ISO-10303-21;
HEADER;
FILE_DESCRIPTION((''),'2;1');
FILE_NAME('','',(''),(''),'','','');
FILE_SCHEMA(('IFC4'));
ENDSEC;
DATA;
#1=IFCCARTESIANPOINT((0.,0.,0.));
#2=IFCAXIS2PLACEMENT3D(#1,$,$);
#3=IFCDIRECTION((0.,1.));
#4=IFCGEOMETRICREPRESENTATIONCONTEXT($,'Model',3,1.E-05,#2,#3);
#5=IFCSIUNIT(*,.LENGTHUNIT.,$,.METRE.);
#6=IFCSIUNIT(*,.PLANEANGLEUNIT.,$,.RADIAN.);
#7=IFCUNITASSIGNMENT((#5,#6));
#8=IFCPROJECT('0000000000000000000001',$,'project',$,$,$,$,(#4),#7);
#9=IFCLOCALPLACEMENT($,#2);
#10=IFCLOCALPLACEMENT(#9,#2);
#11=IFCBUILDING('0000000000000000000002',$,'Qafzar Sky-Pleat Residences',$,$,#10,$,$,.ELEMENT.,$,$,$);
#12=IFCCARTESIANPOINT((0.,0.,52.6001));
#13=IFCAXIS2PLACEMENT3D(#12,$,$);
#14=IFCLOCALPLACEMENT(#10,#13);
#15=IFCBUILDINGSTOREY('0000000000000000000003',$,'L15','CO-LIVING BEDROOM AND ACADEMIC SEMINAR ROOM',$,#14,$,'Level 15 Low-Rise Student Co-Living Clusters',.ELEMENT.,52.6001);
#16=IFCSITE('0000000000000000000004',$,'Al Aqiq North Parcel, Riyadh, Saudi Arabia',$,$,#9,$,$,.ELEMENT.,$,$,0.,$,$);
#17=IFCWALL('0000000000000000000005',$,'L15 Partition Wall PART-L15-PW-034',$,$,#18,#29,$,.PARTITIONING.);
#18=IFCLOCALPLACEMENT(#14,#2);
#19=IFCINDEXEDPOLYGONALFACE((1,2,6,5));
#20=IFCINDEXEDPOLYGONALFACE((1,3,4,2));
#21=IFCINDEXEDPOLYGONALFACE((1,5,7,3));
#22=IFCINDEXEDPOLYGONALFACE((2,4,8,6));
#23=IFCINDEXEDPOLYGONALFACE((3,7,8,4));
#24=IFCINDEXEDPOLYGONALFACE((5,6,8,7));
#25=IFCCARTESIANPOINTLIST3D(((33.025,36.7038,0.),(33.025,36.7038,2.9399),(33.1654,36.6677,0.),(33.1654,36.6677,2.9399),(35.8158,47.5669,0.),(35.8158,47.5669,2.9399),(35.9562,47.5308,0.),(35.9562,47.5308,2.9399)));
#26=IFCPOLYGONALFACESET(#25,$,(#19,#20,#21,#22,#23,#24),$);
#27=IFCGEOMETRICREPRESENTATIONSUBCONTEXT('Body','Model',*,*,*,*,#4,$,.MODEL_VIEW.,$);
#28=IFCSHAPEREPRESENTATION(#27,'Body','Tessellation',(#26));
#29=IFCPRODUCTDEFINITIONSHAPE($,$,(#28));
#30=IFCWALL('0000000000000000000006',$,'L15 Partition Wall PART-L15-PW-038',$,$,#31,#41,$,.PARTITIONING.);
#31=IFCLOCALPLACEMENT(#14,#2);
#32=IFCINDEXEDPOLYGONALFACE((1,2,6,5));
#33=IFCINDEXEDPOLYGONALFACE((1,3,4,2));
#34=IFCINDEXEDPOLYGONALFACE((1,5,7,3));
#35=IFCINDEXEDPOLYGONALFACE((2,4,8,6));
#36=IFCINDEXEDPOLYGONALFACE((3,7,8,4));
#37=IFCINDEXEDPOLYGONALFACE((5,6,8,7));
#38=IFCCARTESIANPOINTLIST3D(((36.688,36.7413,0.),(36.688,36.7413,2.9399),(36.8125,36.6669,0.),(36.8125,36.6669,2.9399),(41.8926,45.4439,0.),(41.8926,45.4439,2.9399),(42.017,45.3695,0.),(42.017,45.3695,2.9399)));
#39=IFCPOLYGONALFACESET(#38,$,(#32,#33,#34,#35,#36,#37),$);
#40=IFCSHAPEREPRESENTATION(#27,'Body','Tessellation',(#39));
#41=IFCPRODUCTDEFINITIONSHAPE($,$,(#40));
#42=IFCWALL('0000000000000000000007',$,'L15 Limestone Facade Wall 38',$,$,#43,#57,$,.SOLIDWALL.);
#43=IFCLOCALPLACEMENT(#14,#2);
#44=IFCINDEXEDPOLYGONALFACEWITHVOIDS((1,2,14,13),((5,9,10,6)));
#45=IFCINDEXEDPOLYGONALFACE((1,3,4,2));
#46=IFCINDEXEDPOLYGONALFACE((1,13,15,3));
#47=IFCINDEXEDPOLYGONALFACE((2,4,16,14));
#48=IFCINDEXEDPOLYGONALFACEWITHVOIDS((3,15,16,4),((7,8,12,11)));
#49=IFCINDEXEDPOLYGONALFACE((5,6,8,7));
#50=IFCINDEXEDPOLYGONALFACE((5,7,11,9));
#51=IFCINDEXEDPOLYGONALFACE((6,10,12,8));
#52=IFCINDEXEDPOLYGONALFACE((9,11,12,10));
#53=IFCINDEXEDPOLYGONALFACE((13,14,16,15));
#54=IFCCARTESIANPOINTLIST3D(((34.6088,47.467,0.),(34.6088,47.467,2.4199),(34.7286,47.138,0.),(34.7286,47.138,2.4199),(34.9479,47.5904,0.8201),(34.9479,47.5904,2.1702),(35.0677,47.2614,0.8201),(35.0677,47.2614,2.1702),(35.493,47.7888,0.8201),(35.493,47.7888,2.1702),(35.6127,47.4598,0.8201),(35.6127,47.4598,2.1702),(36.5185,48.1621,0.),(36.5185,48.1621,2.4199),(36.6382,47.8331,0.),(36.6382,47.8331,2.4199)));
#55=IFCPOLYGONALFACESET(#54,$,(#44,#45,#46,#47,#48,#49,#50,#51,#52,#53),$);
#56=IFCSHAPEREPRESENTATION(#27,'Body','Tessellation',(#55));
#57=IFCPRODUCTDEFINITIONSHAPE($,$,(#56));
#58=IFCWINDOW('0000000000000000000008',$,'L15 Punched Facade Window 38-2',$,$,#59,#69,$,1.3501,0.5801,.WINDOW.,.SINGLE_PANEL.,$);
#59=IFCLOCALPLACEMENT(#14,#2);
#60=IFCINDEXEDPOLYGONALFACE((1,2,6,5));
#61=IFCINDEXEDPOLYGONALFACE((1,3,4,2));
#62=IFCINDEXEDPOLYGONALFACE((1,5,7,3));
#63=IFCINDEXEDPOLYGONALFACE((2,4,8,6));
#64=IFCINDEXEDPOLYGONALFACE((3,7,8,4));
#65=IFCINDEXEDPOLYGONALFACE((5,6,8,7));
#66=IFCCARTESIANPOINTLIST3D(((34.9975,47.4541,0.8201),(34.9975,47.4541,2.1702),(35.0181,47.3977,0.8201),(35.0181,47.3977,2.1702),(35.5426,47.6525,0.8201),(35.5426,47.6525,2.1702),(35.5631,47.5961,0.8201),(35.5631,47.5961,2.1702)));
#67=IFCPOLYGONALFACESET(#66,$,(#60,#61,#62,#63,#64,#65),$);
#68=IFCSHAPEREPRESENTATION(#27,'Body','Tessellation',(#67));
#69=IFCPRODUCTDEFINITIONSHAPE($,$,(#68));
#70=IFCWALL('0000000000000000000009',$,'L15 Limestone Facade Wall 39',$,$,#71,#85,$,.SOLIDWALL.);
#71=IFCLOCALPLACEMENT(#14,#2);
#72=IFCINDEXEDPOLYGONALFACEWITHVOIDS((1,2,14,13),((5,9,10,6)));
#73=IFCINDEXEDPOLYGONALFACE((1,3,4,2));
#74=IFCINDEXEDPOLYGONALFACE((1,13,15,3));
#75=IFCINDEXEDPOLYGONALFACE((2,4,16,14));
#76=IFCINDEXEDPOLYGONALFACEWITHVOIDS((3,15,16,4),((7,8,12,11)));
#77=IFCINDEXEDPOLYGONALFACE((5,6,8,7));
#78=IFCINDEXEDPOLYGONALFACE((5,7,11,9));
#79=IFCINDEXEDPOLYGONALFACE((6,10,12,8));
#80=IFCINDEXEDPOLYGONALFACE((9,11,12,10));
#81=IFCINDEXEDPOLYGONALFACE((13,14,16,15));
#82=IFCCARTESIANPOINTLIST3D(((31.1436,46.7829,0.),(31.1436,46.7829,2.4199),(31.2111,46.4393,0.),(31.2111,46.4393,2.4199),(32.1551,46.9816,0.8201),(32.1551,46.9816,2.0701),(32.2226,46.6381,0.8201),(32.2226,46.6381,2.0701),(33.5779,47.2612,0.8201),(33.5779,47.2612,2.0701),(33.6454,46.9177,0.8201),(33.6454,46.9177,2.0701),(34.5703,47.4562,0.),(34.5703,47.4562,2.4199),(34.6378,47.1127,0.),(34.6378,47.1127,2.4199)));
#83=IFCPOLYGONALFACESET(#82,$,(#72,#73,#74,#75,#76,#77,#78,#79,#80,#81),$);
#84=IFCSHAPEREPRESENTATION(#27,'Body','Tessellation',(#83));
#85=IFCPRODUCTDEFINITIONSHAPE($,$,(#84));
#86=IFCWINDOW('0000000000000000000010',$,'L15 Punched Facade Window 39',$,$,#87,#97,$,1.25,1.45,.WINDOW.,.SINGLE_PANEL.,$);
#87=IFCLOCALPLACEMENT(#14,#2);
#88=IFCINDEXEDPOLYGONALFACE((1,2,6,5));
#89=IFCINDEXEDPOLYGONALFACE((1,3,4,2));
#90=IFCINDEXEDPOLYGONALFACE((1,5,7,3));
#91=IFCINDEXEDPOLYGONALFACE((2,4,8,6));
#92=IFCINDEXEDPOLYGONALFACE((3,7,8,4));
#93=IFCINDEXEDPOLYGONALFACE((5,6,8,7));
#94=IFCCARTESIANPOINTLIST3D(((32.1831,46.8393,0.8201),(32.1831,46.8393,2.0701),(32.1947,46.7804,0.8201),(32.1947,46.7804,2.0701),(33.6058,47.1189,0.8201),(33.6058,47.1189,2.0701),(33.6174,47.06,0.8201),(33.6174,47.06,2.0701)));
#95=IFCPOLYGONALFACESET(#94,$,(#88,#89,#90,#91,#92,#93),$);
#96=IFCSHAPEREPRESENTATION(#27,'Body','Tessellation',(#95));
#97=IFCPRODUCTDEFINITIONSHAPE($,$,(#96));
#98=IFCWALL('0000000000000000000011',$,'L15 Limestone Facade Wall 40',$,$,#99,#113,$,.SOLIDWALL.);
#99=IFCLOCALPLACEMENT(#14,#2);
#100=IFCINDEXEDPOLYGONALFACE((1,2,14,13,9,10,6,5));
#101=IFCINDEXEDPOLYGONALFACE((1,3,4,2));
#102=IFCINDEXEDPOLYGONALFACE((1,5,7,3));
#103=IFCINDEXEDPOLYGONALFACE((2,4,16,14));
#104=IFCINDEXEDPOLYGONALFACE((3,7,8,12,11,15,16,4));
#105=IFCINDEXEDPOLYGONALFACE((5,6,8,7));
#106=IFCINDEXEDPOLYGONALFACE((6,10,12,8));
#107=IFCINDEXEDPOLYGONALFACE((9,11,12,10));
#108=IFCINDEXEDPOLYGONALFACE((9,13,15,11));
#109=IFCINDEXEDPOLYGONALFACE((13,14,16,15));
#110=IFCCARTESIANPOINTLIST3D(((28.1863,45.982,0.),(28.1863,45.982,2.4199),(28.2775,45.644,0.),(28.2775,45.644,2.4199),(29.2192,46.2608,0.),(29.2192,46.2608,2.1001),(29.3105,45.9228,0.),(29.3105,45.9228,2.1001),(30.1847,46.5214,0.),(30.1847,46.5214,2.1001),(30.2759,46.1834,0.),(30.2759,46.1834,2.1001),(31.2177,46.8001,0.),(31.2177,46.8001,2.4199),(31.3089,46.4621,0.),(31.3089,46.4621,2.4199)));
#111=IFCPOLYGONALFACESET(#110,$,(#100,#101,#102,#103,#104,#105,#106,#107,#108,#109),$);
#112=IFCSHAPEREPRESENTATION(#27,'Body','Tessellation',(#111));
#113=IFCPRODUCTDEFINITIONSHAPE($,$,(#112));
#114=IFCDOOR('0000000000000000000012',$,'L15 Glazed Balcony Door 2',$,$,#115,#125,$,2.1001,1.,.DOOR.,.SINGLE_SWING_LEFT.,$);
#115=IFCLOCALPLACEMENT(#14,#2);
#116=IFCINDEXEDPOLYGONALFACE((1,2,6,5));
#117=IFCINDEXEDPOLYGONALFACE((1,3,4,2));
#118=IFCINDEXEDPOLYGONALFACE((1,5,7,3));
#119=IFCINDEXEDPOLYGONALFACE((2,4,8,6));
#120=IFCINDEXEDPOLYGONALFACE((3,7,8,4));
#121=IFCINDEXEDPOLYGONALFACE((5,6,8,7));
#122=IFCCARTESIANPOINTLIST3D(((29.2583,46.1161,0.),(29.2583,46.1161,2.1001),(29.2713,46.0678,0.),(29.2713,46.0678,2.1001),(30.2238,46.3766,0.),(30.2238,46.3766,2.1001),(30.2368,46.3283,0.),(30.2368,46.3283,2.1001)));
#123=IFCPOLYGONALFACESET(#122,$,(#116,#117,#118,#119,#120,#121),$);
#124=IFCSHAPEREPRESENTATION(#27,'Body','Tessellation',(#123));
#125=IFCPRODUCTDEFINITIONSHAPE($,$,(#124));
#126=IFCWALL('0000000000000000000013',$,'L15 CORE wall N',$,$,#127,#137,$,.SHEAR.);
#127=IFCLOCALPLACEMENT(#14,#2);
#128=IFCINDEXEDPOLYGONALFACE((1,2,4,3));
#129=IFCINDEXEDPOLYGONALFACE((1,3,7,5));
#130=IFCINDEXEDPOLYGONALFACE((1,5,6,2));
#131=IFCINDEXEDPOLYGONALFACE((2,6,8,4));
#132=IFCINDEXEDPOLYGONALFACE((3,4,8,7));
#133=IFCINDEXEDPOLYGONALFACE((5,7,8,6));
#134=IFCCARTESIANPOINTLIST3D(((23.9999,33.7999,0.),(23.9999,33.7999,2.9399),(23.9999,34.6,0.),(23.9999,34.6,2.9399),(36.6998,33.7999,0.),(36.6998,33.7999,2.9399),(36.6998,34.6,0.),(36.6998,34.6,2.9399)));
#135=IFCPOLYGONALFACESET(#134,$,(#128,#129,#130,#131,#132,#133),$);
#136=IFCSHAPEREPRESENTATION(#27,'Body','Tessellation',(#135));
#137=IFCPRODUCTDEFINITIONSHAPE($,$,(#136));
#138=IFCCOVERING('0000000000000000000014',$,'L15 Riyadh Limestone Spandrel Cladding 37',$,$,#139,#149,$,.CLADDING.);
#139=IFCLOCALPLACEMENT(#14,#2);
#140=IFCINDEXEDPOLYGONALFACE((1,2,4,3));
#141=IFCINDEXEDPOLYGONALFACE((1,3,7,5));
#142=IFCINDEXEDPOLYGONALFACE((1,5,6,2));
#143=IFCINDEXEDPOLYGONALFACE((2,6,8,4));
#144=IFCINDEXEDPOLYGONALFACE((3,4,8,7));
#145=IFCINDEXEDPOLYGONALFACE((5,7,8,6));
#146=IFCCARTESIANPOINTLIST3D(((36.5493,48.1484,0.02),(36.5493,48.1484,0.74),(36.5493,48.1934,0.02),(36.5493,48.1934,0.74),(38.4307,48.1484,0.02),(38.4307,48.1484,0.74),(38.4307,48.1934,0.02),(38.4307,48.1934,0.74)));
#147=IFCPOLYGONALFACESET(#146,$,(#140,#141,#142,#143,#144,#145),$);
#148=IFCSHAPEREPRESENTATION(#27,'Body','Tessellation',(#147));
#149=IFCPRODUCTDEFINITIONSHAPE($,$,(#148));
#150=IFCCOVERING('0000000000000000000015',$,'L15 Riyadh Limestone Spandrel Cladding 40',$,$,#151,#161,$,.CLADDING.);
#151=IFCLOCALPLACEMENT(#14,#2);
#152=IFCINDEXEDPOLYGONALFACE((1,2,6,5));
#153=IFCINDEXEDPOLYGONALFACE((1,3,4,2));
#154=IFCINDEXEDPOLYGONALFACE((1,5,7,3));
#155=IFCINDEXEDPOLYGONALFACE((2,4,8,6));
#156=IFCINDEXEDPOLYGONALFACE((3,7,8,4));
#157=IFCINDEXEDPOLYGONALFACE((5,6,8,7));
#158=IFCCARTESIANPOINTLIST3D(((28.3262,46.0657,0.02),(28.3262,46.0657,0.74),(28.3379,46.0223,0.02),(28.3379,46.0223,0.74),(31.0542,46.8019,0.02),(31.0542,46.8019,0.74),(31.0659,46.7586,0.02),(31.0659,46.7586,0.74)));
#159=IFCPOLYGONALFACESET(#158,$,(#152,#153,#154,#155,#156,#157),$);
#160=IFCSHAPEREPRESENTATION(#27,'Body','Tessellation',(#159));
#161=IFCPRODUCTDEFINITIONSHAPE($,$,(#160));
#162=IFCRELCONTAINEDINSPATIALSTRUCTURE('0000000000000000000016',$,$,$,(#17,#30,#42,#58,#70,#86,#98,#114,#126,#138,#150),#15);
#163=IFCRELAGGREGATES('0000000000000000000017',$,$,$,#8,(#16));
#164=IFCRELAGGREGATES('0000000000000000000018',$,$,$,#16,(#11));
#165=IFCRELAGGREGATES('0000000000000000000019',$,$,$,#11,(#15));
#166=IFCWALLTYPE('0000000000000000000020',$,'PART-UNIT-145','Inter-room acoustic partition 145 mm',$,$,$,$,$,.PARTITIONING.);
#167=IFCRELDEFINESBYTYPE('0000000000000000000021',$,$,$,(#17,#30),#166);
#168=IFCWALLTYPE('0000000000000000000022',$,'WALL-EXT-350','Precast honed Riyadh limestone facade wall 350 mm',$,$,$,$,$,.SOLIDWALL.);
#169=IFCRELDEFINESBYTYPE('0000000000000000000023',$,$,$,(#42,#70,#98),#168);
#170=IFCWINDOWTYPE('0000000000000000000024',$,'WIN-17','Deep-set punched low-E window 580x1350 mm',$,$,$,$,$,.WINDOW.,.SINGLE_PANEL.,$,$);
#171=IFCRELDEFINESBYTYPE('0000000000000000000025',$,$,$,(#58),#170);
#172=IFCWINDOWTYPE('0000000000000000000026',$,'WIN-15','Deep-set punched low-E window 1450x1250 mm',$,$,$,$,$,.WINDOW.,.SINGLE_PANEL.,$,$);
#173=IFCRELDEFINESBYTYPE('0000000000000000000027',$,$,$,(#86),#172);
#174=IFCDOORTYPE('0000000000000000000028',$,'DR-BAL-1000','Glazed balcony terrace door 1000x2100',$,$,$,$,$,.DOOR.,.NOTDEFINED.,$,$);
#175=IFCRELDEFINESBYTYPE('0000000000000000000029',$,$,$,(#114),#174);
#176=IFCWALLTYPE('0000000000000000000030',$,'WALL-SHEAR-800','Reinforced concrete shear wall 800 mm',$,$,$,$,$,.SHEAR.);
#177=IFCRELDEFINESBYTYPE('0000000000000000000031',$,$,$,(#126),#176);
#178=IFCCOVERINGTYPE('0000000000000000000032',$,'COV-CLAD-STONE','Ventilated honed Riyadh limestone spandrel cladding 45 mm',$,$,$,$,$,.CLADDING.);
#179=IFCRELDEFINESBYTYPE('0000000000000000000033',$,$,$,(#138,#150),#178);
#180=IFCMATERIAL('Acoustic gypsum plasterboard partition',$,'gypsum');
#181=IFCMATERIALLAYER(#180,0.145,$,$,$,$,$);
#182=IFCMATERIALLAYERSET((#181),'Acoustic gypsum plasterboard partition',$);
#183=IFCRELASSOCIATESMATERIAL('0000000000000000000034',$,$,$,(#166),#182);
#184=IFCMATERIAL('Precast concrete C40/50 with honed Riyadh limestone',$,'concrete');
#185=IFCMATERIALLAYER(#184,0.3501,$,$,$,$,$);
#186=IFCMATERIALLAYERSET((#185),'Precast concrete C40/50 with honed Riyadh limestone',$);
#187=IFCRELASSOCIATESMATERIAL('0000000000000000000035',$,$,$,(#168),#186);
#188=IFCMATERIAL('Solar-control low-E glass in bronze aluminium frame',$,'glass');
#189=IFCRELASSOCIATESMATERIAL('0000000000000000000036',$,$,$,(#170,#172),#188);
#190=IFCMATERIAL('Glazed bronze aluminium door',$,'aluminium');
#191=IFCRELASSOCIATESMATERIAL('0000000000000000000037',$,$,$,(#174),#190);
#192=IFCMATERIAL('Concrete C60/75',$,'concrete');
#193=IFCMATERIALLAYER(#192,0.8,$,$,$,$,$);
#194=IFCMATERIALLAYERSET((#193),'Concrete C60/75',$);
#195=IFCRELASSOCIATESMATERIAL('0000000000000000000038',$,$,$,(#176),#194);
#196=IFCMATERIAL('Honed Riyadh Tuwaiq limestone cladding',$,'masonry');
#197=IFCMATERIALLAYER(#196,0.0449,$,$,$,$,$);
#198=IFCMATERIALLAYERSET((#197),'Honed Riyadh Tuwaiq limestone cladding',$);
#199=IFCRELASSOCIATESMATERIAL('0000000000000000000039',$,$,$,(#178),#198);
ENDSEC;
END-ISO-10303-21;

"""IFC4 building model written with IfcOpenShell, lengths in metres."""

from ifc_helpers import new_model, si_unit, direction, frame, frame_2d, origin, origin_2d, place, context, subcontext, project, spatial, rectangle, extrude, source, transform, mapped, material, layer, layer_set, type_object, element, fill, save


model = new_model("IFC4")

# Units and contexts
model_context = context("Model", 3, precision=1e-05, world=origin(), true_north=direction((0.0, 1.0)))
body_context = subcontext(model_context, "Body", "Model", "MODEL_VIEW")
ifc_project = project(units=[si_unit("LENGTHUNIT", "METRE"), si_unit("PLANEANGLEUNIT", "RADIAN")], contexts=[model_context])

# Site, building, storey
site_placement = place(None, origin())
site = spatial("IfcSite", under=ifc_project, at=site_placement, Name="Al Aqiq North Parcel, Riyadh, Saudi Arabia", CompositionType="ELEMENT", RefElevation=0.0)
building_placement = place(site_placement, origin())
building = spatial("IfcBuilding", under=site, at=building_placement, Name="Qafzar Sky-Pleat Residences", CompositionType="ELEMENT")
storey_placement = place(building_placement, frame((0.0, 0.0, 52.6001)))
storey = spatial("IfcBuildingStorey", under=building, at=storey_placement, Name="L15", Description="CO-LIVING BEDROOM AND ACADEMIC SEMINAR ROOM", LongName="Level 15 Low-Rise Student Co-Living Clusters", CompositionType="ELEMENT", Elevation=52.6001)

# Shared definitions
ifc_material_1 = material(Name="Acoustic gypsum plasterboard partition", Category="gypsum")

# Walls
ifc_layer_1 = layer(ifc_material_1, 0.145)
ifc_layer_set_1 = layer_set([ifc_layer_1], Name="Acoustic gypsum plasterboard partition")
wall_type_1 = type_object("IfcWallType", Name="PART-UNIT-145", Description="Inter-room acoustic partition 145 mm", PredefinedType="PARTITIONING", material=ifc_layer_set_1)
wall_1_placement = place(storey_placement, frame((33.0952, 36.6858, 0.0), z_axis=(0.0, 0.0, 1.0), x_axis=(0.248825, 0.968548, 0.0)))
element("IfcWall", 1, at=wall_1_placement, inside=storey, type_object=wall_type_1, Name="L15 Partition Wall PART-L15-PW-034", PredefinedType="PARTITIONING", context=body_context, shape_type="SweptSolid", body=[
    extrude(rectangle(XDim=11.2158, YDim=0.145, at=frame_2d((5.6079, 0.0))), origin(), (0.0, 0.0, 1.0), 2.9399),
])
wall_2_placement = place(storey_placement, frame((36.7502, 36.7041, 0.0), z_axis=(0.0, 0.0, 1.0), x_axis=(0.513263, 0.858231, 0.0)))
element("IfcWall", 2, at=wall_2_placement, inside=storey, type_object=wall_type_1, Name="L15 Partition Wall PART-L15-PW-038", PredefinedType="PARTITIONING", context=body_context, shape_type="SweptSolid", body=[
    extrude(rectangle(XDim=10.1401, YDim=0.145, at=frame_2d((5.0701, 0.0))), origin(), (0.0, 0.0, 1.0), 2.9399),
])

# Walls, openings, windows
ifc_material_2 = material(Name="Precast concrete C40/50 with honed Riyadh limestone", Category="concrete")
ifc_layer_2 = layer(ifc_material_2, 0.3501)
ifc_layer_set_2 = layer_set([ifc_layer_2], Name="Precast concrete C40/50 with honed Riyadh limestone")
wall_type_2 = type_object("IfcWallType", Name="WALL-EXT-350", Description="Precast honed Riyadh limestone facade wall 350 mm", PredefinedType="SOLIDWALL", material=ifc_layer_set_2)
wall_3_placement = place(storey_placement, frame((36.5784, 47.9976, 0.0), z_axis=(0.0, 0.0, 1.0), x_axis=(-0.939692, -0.342023, 0.0)))
wall_3 = element("IfcWall", 3, at=wall_3_placement, inside=storey, type_object=wall_type_2, Name="L15 Limestone Facade Wall 38", PredefinedType="SOLIDWALL", context=body_context, shape_type="SweptSolid", body=[
    extrude(rectangle(XDim=2.0322, YDim=0.3501, at=frame_2d((1.0161, 0.0))), origin(), (0.0, 0.0, 1.0), 2.4199),
])
opening_1_placement = place(wall_3_placement, frame((1.0913, 0.0, 0.8201)))
opening_1 = element("IfcOpeningElement", 4, at=opening_1_placement, cuts=wall_3, PredefinedType="OPENING", context=body_context, shape_type="SweptSolid", body=[
    extrude(rectangle(XDim=0.5801, YDim=1.3501, at=frame_2d((0.29, 0.675))), frame((0.0, 0.1851, 0.0), z_axis=(0.0, -1.0, 0.0), x_axis=(1.0, 0.0, 0.0)), (0.0, 0.0, 1.0), 0.3701),
])
ifc_material_3 = material(Name="Solar-control low-E glass in bronze aluminium frame", Category="glass")
window_type_1 = type_object("IfcWindowType", Name="WIN-17", Description="Deep-set punched low-E window 580x1350 mm", PartitioningType="SINGLE_PANEL", PredefinedType="WINDOW", material=ifc_material_3)
shared_shape_1 = source(origin(), body_context, "Body", "SweptSolid", [
    extrude(rectangle(XDim=0.5801, YDim=1.3501, at=frame_2d((0.29, 0.675))), frame((0.0, 0.03, 0.0), z_axis=(0.0, -1.0, 0.0), x_axis=(1.0, 0.0, 0.0)), (0.0, 0.0, 1.0), 0.0601),
])
window_1_placement = place(opening_1_placement, origin())
window_1 = element("IfcWindow", 5, at=window_1_placement, inside=storey, type_object=window_type_1, Name="L15 Punched Facade Window 38-2", OverallHeight=1.3501, OverallWidth=0.5801, PartitioningType="SINGLE_PANEL", PredefinedType="WINDOW", context=body_context, shape_type="MappedRepresentation", body=[
    mapped(shared_shape_1, transform((0.0, 0.0, 0.0), x_axis=(1.0, 0.0, 0.0), y_axis=(0.0, 1.0, 0.0), z_axis=(0.0, 0.0, 1.0), scale=1.0)),
])
fill(opening_1, window_1)
wall_4_placement = place(storey_placement, frame((34.604, 47.2844, 0.0), z_axis=(0.0, 0.0, 1.0), x_axis=(-0.981237, -0.192808, 0.0)))
wall_4 = element("IfcWall", 6, at=wall_4_placement, inside=storey, type_object=wall_type_2, Name="L15 Limestone Facade Wall 39", PredefinedType="SOLIDWALL", context=body_context, shape_type="SweptSolid", body=[
    extrude(rectangle(XDim=3.4922, YDim=0.3501, at=frame_2d((1.7461, 0.0))), origin(), (0.0, 0.0, 1.0), 2.4199),
])
opening_2_placement = place(wall_4_placement, frame((1.0112, 0.0, 0.8201)))
opening_2 = element("IfcOpeningElement", 7, at=opening_2_placement, cuts=wall_4, PredefinedType="OPENING", context=body_context, shape_type="SweptSolid", body=[
    extrude(rectangle(XDim=1.45, YDim=1.25, at=frame_2d((0.7251, 0.625))), frame((0.0, 0.1851, 0.0), z_axis=(0.0, -1.0, 0.0), x_axis=(1.0, 0.0, 0.0)), (0.0, 0.0, 1.0), 0.3701),
])
window_type_2 = type_object("IfcWindowType", Name="WIN-15", Description="Deep-set punched low-E window 1450x1250 mm", PartitioningType="SINGLE_PANEL", PredefinedType="WINDOW", material=ifc_material_3)
shared_shape_2 = source(origin(), body_context, "Body", "SweptSolid", [
    extrude(rectangle(XDim=1.45, YDim=1.25, at=frame_2d((0.7251, 0.625))), frame((0.0, 0.03, 0.0), z_axis=(0.0, -1.0, 0.0), x_axis=(1.0, 0.0, 0.0)), (0.0, 0.0, 1.0), 0.0601),
])
window_2_placement = place(opening_2_placement, origin())
window_2 = element("IfcWindow", 8, at=window_2_placement, inside=storey, type_object=window_type_2, Name="L15 Punched Facade Window 39", OverallHeight=1.25, OverallWidth=1.45, PartitioningType="SINGLE_PANEL", PredefinedType="WINDOW", context=body_context, shape_type="MappedRepresentation", body=[
    mapped(shared_shape_2, transform((0.0, 0.0, 0.0), x_axis=(1.0, 0.0, 0.0), y_axis=(0.0, 1.0, 0.0), z_axis=(0.0, 0.0, 1.0), scale=1.0)),
])
fill(opening_2, window_2)

# Wall, opening, door
wall_5_placement = place(storey_placement, frame((31.2632, 46.6311, 0.0), z_axis=(0.0, 0.0, 1.0), x_axis=(-0.96546, -0.260551, 0.0)))
wall_5 = element("IfcWall", 9, at=wall_5_placement, inside=storey, type_object=wall_type_2, Name="L15 Limestone Facade Wall 40", PredefinedType="SOLIDWALL", context=body_context, shape_type="SweptSolid", body=[
    extrude(rectangle(XDim=3.1399, YDim=0.3501, at=frame_2d((1.5698, 0.0))), origin(), (0.0, 0.0, 1.0), 2.4199),
])
opening_3_placement = place(wall_5_placement, frame((1.0698, 0.0, 0.0)))
opening_3 = element("IfcOpeningElement", 10, at=opening_3_placement, cuts=wall_5, PredefinedType="OPENING", context=body_context, shape_type="SweptSolid", body=[
    extrude(rectangle(XDim=1.0, YDim=2.1001, at=frame_2d((0.5, 1.05))), frame((0.0, 0.1851, 0.0), z_axis=(0.0, -1.0, 0.0), x_axis=(1.0, 0.0, 0.0)), (0.0, 0.0, 1.0), 0.3701),
])
ifc_material_4 = material(Name="Glazed bronze aluminium door", Category="aluminium")
door_type_1 = type_object("IfcDoorType", Name="DR-BAL-1000", Description="Glazed balcony terrace door 1000x2100", OperationType="NOTDEFINED", PredefinedType="DOOR", material=ifc_material_4)
shared_shape_3 = source(origin(), body_context, "Body", "SweptSolid", [
    extrude(rectangle(XDim=1.0, YDim=2.1001, at=frame_2d((0.5, 1.05))), frame((0.0, 0.0249, 0.0), z_axis=(0.0, -1.0, 0.0), x_axis=(1.0, 0.0, 0.0)), (0.0, 0.0, 1.0), 0.05),
])
door_1_placement = place(opening_3_placement, origin())
door_1 = element("IfcDoor", 11, at=door_1_placement, inside=storey, type_object=door_type_1, Name="L15 Glazed Balcony Door 2", OperationType="SINGLE_SWING_LEFT", OverallHeight=2.1001, OverallWidth=1.0, PredefinedType="DOOR", context=body_context, shape_type="MappedRepresentation", body=[
    mapped(shared_shape_3, transform((0.0, 0.0, 0.0), x_axis=(1.0, 0.0, 0.0), y_axis=(0.0, 1.0, 0.0), z_axis=(0.0, 0.0, 1.0), scale=1.0)),
])
fill(opening_3, door_1)

# Wall
ifc_material_5 = material(Name="Concrete C60/75", Category="concrete")
ifc_layer_3 = layer(ifc_material_5, 0.8)
ifc_layer_set_3 = layer_set([ifc_layer_3], Name="Concrete C60/75")
wall_type_3 = type_object("IfcWallType", Name="WALL-SHEAR-800", Description="Reinforced concrete shear wall 800 mm", PredefinedType="SHEAR", material=ifc_layer_set_3)
wall_6_placement = place(storey_placement, frame((36.7, 34.2, 0.0), z_axis=(0.0, 0.0, 1.0), x_axis=(-1.0, 0.0, 0.0)))
element("IfcWall", 12, at=wall_6_placement, inside=storey, type_object=wall_type_3, Name="L15 CORE wall N", PredefinedType="SHEAR", context=body_context, shape_type="SweptSolid", body=[
    extrude(rectangle(XDim=12.7, YDim=0.8, at=frame_2d((6.3501, 0.0))), origin(), (0.0, 0.0, 1.0), 2.9399),
])

# Covering
ifc_material_6 = material(Name="Honed Riyadh Tuwaiq limestone cladding", Category="masonry")
ifc_layer_4 = layer(ifc_material_6, 0.0449)
ifc_layer_set_4 = layer_set([ifc_layer_4], Name="Honed Riyadh Tuwaiq limestone cladding")
covering_type = type_object("IfcCoveringType", Name="COV-CLAD-STONE", Description="Ventilated honed Riyadh limestone spandrel cladding 45 mm", PredefinedType="CLADDING", material=ifc_layer_set_4)
shared_shape_4 = source(origin(), body_context, "Body", "SweptSolid", [
    extrude(rectangle(XDim=1.8813, YDim=0.0449, at=origin_2d()), origin(), (0.0, 0.0, 1.0), 0.72),
])
covering_1_placement = place(storey_placement, frame((37.49, 48.1709, 0.02), z_axis=(0.0, 0.0, 1.0), x_axis=(-1.0, 0.0, 0.0)))
element("IfcCovering", 13, at=covering_1_placement, inside=storey, type_object=covering_type, Name="L15 Riyadh Limestone Spandrel Cladding 37", PredefinedType="CLADDING", context=body_context, shape_type="MappedRepresentation", body=[
    mapped(shared_shape_4, transform((0.0, 0.0, 0.0), x_axis=(1.0, 0.0, 0.0), y_axis=(0.0, 1.0, 0.0), z_axis=(0.0, 0.0, 1.0), scale=1.0)),
])

# Covering
shared_shape_5 = source(origin(), body_context, "Body", "SweptSolid", [
    extrude(rectangle(XDim=2.8257, YDim=0.0449, at=origin_2d()), origin(), (0.0, 0.0, 1.0), 0.72),
])
covering_2_placement = place(storey_placement, frame((29.696, 46.4121, 0.02), z_axis=(0.0, 0.0, 1.0), x_axis=(-0.965457, -0.260562, 0.0)))
element("IfcCovering", 14, at=covering_2_placement, inside=storey, type_object=covering_type, Name="L15 Riyadh Limestone Spandrel Cladding 40", PredefinedType="CLADDING", context=body_context, shape_type="MappedRepresentation", body=[
    mapped(shared_shape_5, transform((0.0, 0.0, 0.0), x_axis=(1.0, 0.0, 0.0), y_axis=(0.0, 1.0, 0.0), z_axis=(0.0, 0.0, 1.0), scale=1.0)),
])

save(model, "model.ifc")
